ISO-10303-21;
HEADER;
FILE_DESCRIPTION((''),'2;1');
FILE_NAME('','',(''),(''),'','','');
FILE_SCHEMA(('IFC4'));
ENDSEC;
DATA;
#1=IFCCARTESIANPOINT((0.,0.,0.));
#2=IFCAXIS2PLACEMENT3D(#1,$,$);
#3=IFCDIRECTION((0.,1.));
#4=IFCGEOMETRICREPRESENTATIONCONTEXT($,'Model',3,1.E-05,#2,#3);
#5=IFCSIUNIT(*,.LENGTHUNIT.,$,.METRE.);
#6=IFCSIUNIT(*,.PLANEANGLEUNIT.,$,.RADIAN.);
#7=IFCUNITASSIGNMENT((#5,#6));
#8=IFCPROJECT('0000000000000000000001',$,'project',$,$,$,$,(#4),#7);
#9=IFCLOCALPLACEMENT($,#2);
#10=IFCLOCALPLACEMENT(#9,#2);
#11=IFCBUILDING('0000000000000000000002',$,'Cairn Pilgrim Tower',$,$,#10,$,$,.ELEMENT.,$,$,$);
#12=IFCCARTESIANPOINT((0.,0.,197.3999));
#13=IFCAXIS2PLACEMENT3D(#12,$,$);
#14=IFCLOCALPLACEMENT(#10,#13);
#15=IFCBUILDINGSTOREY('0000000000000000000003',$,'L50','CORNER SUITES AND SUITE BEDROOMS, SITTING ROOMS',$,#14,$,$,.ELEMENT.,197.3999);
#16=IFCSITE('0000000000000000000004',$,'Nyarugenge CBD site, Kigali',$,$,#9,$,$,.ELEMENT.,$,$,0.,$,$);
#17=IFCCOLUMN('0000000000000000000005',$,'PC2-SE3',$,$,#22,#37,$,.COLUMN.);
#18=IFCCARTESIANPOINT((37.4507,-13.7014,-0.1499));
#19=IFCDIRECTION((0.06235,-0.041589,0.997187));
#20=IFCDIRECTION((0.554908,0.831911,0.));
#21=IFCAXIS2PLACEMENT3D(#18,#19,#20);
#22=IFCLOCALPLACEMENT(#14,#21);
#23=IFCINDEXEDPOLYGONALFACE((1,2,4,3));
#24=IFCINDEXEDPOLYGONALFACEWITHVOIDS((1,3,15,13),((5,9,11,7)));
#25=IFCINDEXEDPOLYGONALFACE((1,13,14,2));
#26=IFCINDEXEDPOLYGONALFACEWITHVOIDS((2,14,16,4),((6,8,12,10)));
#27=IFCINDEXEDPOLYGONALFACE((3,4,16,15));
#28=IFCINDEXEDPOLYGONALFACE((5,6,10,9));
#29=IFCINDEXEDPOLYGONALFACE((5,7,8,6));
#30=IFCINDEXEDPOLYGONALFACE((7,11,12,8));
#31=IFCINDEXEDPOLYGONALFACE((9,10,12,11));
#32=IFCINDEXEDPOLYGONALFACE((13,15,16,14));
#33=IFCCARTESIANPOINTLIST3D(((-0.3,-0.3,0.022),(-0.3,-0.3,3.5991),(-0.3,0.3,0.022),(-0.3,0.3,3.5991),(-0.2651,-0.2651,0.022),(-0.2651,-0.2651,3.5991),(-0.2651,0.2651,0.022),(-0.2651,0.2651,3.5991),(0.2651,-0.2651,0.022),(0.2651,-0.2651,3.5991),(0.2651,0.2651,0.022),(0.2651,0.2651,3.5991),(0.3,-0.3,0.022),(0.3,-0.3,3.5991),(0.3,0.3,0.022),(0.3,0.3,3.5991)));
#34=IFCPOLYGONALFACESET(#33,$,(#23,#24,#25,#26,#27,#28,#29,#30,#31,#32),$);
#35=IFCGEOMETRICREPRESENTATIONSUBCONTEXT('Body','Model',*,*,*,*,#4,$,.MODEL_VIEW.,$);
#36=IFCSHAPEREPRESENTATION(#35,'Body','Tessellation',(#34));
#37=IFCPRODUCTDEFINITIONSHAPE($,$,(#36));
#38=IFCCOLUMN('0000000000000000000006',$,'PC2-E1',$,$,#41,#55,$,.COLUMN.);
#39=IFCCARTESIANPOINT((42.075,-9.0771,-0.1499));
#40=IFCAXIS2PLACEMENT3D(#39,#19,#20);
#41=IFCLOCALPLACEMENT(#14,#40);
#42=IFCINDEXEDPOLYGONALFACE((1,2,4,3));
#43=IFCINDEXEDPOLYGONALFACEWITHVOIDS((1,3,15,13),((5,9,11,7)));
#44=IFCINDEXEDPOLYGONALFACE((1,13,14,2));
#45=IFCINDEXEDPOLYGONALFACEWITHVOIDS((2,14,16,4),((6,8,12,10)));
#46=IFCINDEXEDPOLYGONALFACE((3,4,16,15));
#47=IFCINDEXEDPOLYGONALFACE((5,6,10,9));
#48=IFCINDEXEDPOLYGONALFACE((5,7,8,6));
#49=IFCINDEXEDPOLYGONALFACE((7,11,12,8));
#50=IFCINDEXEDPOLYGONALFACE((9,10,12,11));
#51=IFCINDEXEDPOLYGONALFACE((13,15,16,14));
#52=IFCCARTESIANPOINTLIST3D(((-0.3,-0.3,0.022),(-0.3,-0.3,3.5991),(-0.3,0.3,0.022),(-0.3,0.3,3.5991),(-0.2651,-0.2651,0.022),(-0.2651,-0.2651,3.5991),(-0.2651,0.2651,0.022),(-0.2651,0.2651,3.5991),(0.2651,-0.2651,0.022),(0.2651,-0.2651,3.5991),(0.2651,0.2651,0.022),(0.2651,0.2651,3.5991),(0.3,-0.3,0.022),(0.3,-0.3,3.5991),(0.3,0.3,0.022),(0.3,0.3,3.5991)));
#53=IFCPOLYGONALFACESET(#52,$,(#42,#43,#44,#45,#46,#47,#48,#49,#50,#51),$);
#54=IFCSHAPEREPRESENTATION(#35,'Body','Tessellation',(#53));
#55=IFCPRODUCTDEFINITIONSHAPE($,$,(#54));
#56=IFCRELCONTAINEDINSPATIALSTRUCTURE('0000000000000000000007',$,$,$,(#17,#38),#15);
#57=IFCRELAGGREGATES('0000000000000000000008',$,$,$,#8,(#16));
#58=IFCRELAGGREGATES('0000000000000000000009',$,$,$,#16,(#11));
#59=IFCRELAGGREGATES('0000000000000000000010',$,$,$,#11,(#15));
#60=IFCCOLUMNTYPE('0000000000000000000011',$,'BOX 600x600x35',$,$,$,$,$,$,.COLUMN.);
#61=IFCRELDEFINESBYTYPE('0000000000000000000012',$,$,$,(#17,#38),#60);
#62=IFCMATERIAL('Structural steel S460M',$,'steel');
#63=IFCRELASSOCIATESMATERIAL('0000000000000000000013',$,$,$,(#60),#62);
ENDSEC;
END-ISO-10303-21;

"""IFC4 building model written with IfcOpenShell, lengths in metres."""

from ifc_helpers import new_model, si_unit, direction, frame, origin, origin_2d, place, context, subcontext, project, spatial, hollow_rectangle, extrude, clip, halfspace, material, material_profile, profile_set, type_object, element, save


model = new_model("IFC4")

# Units and contexts
model_context = context("Model", 3, precision=1e-05, world=origin(), true_north=direction((0.0, 1.0)))
body_context = subcontext(model_context, "Body", "Model", "MODEL_VIEW")
ifc_project = project(units=[si_unit("LENGTHUNIT", "METRE"), si_unit("PLANEANGLEUNIT", "RADIAN")], contexts=[model_context])

# Site, building, storey
site_placement = place(None, origin())
site = spatial("IfcSite", under=ifc_project, at=site_placement, Name="Nyarugenge CBD site, Kigali", CompositionType="ELEMENT", RefElevation=0.0)
building_placement = place(site_placement, origin())
building = spatial("IfcBuilding", under=site, at=building_placement, Name="Cairn Pilgrim Tower", CompositionType="ELEMENT")
storey_placement = place(building_placement, frame((0.0, 0.0, 197.3999)))
storey = spatial("IfcBuildingStorey", under=building, at=storey_placement, Name="L50", Description="CORNER SUITES AND SUITE BEDROOMS, SITTING ROOMS", CompositionType="ELEMENT", Elevation=197.3999)

# Columns
ifc_material_1 = material(Name="Structural steel S460M", Category="steel")
ifc_material_profile_1 = material_profile(ifc_material_1, hollow_rectangle(XDim=0.6001, YDim=0.6001, WallThickness=0.0349, at=origin_2d()), Name="BOX 600x600x35")
ifc_profile_set_1 = profile_set([ifc_material_profile_1], Name="Structural steel S460M")
column_type_1 = type_object("IfcColumnType", Name="BOX 600x600x35", PredefinedType="COLUMN", material=ifc_profile_set_1)
for number, where, z_axis, x_axis, name in (
    (1, (37.4507, -13.7014, -0.1499), (0.06235, -0.041589, 0.997187), (0.554908, 0.831911, 0.0), "PC2-SE3"),
    (2, (42.075, -9.0771, -0.1499), (0.06235, -0.041589, 0.997187), (0.554908, 0.831911, 0.0), "PC2-E1"),
):
    element("IfcColumn", number, at=place(storey_placement, frame(where, z_axis=z_axis, x_axis=x_axis)), inside=storey, type_object=column_type_1, Name=name, PredefinedType="COLUMN", context=body_context, shape_type="Clipping", body=[
        clip(clip(extrude(hollow_rectangle(XDim=0.6001, YDim=0.6001, WallThickness=0.0349, at=origin_2d()), origin(), (0.0, 0.0, 1.0), 3.6104), halfspace(frame((0.0, 0.0, 0.022), z_axis=(0.0, 0.0, 1.0), x_axis=(1.0, 0.0, 0.0)), True)), halfspace(frame((0.0, 0.0, 3.5991), z_axis=(0.0, 0.0, 1.0), x_axis=(1.0, 0.0, 0.0)), False)),
    ])

save(model, "model.ifc")
